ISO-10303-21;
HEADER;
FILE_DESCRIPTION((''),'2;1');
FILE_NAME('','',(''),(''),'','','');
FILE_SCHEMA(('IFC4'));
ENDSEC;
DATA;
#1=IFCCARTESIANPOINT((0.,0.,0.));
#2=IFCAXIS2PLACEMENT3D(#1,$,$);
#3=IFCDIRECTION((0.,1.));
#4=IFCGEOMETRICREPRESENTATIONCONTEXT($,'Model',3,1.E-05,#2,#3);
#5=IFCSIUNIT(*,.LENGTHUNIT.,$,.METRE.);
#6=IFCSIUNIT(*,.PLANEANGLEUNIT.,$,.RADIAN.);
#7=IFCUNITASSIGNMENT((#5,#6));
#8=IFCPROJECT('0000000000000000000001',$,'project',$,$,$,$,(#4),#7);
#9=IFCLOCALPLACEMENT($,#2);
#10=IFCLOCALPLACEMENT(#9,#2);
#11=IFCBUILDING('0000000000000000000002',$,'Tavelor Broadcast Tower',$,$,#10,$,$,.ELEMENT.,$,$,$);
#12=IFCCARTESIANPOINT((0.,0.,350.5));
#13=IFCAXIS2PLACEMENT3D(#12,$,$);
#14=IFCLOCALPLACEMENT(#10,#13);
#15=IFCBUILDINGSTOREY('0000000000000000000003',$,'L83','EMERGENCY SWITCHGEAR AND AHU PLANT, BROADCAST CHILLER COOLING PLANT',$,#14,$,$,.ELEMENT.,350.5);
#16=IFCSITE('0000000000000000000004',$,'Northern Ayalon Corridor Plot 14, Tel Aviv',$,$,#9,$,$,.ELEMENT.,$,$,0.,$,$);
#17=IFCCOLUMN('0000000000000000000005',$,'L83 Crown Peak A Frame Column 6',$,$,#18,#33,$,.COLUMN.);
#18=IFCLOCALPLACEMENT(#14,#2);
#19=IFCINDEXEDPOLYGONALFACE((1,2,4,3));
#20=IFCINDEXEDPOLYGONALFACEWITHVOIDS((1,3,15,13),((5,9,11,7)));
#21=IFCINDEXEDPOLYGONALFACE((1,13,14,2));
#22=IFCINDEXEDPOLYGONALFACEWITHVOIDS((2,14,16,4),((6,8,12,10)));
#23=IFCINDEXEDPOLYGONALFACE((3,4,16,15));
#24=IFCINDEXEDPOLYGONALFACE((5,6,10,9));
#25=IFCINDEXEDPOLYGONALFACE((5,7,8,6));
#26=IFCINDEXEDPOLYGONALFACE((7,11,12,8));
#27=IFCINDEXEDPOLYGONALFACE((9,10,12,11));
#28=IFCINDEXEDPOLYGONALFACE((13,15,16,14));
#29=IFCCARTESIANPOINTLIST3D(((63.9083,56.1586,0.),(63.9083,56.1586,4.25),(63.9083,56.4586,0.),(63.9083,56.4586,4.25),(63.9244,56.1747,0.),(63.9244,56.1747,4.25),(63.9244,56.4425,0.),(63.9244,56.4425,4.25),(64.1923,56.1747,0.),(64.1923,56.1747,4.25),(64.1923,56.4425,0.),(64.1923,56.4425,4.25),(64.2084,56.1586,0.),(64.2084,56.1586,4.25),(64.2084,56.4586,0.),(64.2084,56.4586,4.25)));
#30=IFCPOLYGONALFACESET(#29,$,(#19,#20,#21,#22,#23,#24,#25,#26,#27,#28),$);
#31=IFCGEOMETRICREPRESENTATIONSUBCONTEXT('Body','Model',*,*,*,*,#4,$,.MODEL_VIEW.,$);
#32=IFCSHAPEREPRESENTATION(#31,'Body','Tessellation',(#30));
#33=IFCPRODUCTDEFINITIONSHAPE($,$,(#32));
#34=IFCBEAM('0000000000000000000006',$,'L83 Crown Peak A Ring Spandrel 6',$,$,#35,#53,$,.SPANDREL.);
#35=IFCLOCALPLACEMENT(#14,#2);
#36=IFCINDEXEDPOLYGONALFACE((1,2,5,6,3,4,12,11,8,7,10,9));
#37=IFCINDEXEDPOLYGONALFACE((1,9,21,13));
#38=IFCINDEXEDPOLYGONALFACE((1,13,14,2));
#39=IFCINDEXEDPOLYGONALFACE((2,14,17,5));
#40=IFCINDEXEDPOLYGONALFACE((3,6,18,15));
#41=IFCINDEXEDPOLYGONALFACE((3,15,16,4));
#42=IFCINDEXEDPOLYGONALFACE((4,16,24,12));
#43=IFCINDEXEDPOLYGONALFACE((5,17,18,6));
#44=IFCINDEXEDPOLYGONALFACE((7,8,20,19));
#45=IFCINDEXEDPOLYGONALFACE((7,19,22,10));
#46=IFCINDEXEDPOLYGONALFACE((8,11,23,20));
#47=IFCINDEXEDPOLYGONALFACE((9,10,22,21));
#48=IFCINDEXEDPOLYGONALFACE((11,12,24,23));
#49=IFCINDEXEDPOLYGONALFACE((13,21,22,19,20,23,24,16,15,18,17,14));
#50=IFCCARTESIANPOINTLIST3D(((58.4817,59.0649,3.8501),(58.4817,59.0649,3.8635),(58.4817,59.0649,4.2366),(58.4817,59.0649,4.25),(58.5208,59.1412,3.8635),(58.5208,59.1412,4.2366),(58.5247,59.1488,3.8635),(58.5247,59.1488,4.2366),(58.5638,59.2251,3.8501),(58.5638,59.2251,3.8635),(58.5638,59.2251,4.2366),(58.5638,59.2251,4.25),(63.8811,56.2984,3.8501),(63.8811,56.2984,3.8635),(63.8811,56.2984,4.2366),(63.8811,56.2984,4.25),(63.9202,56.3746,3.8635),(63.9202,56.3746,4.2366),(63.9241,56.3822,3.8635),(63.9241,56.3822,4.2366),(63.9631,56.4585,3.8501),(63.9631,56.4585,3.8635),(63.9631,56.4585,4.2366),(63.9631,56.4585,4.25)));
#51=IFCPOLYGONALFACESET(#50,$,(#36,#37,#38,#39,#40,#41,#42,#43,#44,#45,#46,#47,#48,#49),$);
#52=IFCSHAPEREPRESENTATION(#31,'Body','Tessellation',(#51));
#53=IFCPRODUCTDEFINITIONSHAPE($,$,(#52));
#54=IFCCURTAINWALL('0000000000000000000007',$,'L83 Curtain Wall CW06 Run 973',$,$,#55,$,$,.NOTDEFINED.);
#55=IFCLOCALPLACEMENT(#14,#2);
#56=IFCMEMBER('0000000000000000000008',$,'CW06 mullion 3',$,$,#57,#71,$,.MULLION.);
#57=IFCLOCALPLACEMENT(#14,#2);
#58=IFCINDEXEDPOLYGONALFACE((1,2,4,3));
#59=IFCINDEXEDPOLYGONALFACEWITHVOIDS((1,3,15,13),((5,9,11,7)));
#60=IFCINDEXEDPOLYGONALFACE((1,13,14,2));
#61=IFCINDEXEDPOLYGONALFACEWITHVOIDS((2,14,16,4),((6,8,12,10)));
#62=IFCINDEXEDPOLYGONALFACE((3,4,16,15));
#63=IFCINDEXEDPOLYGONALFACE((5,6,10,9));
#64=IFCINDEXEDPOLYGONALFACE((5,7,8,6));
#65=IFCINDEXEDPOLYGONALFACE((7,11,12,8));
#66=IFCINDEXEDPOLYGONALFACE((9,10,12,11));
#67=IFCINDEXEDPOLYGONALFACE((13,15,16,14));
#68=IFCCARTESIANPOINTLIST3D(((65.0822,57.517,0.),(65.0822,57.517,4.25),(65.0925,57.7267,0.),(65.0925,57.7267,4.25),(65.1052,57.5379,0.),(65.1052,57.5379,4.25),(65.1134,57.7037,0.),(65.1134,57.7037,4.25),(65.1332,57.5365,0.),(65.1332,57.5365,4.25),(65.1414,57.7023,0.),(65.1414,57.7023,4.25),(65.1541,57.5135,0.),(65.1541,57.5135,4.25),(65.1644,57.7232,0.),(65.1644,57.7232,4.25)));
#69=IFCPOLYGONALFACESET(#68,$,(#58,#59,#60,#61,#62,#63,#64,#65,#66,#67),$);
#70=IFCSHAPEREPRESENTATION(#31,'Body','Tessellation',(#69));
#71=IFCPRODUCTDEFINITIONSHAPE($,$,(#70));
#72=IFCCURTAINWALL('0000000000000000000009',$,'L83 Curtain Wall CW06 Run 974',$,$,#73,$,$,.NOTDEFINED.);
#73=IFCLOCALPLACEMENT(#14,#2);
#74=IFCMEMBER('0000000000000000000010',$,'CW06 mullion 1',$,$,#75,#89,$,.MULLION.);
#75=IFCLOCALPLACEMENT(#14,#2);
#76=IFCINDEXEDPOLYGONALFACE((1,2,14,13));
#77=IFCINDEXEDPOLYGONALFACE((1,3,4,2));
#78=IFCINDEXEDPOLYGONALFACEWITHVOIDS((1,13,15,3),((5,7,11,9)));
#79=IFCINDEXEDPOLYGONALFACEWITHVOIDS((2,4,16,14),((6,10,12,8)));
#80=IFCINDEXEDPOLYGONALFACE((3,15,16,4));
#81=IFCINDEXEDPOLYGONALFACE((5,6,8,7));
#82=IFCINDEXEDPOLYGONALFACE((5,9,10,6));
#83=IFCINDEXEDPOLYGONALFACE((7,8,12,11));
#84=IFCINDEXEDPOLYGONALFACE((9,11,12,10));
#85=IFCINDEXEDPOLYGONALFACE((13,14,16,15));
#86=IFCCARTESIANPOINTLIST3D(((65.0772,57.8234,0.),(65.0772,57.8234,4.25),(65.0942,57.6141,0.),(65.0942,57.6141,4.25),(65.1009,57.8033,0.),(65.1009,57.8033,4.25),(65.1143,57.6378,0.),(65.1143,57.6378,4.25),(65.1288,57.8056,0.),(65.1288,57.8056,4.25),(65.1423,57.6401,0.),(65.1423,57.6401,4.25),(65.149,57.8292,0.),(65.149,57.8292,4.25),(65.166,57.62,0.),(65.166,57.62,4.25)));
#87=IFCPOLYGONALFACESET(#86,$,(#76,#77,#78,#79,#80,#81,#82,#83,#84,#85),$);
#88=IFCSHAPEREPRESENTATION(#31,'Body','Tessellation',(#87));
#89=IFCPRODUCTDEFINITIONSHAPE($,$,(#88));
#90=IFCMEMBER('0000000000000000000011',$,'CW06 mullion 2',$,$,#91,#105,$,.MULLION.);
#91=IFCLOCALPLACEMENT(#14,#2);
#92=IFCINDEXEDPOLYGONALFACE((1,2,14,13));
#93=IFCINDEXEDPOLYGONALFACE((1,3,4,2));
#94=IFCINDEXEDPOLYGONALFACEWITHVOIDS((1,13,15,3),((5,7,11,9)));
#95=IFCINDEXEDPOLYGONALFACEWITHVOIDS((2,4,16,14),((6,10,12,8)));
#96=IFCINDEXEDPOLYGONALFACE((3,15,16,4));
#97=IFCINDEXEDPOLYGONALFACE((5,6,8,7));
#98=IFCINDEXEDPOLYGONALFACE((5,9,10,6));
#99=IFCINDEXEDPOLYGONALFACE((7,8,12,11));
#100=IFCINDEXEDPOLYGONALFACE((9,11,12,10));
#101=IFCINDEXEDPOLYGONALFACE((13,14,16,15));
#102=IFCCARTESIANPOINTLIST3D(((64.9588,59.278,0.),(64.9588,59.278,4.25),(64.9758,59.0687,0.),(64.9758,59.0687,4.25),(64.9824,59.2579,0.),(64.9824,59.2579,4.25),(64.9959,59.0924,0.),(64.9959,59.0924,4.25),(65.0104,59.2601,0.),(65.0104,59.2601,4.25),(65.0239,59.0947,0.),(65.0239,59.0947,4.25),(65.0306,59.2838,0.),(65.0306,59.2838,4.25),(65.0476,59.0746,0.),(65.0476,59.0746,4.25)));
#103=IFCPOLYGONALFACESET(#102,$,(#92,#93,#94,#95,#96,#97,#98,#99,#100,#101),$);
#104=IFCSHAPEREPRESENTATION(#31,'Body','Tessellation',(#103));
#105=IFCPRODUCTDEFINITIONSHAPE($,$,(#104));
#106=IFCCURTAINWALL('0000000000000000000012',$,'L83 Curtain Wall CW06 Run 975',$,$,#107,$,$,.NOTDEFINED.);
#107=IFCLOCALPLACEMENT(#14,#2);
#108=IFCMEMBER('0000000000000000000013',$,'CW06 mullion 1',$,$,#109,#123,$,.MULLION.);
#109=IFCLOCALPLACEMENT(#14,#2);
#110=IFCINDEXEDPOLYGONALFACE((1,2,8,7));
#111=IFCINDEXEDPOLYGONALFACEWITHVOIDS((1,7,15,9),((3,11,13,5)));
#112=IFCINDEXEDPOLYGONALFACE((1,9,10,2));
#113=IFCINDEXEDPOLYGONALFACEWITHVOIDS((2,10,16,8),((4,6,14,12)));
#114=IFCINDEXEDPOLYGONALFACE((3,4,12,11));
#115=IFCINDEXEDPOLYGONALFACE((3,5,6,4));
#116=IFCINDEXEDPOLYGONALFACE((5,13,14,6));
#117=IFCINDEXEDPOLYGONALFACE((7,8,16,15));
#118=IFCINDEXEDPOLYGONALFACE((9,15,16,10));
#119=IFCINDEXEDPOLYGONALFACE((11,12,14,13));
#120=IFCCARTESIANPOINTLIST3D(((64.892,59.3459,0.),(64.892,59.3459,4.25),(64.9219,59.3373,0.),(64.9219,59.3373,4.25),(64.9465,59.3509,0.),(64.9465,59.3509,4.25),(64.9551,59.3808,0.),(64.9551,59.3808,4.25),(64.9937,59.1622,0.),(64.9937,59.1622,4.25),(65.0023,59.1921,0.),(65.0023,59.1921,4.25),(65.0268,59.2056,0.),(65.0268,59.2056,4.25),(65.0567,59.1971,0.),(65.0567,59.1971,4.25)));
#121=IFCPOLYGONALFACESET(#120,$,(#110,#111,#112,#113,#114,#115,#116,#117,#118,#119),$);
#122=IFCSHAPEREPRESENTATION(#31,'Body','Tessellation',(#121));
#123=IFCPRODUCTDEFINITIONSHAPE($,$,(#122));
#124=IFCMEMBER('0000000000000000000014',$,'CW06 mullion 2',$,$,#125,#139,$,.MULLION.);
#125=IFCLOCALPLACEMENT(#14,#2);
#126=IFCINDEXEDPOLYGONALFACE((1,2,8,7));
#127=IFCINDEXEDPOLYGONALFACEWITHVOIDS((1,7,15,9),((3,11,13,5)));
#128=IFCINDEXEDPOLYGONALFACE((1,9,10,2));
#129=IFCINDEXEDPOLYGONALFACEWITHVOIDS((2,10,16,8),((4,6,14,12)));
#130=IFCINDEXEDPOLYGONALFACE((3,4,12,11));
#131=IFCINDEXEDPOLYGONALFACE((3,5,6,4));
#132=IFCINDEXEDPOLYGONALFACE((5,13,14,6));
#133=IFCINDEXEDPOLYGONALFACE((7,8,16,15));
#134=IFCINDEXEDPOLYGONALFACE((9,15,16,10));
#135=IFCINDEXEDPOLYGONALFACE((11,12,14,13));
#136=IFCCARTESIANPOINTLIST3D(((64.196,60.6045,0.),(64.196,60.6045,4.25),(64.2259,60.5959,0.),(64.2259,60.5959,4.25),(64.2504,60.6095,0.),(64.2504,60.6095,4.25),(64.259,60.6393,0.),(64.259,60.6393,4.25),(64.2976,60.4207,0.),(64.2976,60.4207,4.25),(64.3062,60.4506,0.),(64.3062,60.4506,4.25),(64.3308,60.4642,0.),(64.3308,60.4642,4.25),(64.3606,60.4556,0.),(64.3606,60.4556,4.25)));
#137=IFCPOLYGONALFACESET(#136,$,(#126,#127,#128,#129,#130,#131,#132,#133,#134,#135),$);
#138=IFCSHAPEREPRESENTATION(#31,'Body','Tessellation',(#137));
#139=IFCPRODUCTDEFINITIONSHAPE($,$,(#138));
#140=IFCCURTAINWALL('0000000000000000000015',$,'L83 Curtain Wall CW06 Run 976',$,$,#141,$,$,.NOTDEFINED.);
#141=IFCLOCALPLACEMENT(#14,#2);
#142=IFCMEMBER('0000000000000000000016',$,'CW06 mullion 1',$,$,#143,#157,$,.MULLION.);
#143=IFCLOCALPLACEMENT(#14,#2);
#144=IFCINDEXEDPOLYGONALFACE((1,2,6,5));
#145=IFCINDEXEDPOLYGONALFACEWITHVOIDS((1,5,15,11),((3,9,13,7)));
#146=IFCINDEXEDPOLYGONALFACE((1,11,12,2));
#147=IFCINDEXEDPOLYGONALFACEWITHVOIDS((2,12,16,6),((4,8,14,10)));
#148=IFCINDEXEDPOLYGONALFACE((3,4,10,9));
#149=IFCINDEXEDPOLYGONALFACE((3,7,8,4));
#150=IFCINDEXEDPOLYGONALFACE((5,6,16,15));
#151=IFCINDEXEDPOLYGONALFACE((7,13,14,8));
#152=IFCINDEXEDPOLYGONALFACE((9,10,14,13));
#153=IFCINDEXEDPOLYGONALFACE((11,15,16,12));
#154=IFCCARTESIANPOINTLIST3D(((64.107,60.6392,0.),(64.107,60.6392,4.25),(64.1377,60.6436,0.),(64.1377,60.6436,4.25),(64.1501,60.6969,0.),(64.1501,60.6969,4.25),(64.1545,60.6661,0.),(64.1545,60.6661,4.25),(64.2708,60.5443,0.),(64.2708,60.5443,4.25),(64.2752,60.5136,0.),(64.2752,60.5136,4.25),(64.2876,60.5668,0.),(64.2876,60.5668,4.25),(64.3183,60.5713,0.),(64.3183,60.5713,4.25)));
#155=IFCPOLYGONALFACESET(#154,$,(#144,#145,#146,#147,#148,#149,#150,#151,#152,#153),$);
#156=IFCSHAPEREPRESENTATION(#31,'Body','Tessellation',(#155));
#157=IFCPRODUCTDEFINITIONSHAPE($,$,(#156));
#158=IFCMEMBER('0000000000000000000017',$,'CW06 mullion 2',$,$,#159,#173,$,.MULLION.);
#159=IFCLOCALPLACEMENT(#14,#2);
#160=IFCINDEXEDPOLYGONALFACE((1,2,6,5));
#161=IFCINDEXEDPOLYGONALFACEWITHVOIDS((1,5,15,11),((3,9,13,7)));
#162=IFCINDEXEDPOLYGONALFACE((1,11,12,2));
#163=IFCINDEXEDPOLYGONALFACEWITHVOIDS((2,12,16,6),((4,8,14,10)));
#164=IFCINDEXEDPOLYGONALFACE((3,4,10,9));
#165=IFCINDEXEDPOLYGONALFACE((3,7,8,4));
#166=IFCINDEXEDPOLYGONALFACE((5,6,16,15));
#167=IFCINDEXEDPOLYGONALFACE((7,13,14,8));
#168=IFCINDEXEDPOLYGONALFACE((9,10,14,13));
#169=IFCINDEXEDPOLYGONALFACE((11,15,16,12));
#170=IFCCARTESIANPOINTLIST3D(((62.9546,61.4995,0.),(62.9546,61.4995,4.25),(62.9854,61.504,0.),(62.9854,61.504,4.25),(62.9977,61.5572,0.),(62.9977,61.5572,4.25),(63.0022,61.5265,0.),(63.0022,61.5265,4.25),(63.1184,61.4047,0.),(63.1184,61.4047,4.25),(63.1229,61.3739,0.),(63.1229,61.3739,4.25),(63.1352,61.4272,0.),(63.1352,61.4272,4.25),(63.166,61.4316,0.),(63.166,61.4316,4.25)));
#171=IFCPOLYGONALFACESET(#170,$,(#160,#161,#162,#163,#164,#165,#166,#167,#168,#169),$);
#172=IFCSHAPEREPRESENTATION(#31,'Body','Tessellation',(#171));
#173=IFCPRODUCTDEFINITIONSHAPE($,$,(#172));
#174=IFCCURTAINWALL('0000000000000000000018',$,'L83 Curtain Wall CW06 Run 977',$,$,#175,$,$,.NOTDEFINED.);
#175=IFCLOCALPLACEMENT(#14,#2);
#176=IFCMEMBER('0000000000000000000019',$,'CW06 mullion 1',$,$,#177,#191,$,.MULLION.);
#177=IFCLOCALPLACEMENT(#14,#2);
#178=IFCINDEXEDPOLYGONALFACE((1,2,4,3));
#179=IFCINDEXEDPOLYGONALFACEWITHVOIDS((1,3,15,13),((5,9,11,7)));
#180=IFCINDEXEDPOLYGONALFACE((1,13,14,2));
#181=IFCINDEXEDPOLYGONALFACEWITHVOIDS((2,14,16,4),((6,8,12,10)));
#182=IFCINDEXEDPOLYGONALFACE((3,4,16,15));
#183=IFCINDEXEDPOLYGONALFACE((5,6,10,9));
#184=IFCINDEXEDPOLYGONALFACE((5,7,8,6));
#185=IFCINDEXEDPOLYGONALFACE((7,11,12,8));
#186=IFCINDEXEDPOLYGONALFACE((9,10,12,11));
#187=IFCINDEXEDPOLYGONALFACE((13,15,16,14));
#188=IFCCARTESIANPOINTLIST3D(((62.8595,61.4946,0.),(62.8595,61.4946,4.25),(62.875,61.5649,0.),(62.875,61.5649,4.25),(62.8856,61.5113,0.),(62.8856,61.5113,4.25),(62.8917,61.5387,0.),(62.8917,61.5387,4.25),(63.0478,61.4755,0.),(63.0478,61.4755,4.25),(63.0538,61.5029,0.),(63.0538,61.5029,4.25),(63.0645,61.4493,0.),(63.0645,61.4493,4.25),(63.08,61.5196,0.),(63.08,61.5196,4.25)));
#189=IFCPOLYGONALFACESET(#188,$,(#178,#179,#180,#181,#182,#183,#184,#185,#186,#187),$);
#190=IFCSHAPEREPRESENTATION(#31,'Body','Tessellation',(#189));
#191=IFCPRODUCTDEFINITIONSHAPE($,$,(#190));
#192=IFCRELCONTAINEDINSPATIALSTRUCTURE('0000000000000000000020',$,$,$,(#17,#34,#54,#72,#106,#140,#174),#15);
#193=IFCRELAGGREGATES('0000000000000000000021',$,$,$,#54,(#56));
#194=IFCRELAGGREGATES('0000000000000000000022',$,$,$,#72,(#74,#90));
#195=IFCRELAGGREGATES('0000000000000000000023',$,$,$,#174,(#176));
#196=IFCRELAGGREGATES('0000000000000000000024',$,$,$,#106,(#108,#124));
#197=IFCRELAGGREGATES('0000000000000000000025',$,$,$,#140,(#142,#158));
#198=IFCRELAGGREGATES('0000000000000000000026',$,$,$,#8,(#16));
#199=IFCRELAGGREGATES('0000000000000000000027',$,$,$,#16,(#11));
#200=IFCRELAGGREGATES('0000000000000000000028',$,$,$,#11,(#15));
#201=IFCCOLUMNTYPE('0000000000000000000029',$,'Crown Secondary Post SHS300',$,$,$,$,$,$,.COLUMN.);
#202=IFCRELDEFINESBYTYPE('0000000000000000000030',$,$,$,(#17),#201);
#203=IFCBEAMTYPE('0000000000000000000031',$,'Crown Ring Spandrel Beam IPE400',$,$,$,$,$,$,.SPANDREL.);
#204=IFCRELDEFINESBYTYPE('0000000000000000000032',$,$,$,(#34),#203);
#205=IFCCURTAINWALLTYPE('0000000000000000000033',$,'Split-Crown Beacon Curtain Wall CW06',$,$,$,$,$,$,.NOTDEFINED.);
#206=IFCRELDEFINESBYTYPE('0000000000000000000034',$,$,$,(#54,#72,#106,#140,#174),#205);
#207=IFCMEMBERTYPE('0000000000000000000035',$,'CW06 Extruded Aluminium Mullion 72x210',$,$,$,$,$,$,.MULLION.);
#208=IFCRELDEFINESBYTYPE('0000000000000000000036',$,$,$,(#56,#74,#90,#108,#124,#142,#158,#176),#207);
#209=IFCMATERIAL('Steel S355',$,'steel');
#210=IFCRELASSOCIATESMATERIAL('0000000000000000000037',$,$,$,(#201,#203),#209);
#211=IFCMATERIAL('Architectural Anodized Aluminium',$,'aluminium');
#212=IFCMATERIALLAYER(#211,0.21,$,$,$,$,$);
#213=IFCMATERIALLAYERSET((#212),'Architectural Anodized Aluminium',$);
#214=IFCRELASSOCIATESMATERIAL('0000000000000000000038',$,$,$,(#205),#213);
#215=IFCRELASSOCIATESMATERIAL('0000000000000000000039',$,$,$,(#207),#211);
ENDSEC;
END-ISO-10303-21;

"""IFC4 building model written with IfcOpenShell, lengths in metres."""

from ifc_helpers import new_model, si_unit, direction, frame, origin, origin_2d, place, context, subcontext, project, spatial, hollow_rectangle, i_section, extrude, source, transform, mapped, material, layer, layer_set, material_profile, profile_set, type_object, type_shapes, element, aggregate, save


model = new_model("IFC4")

# Units and contexts
model_context = context("Model", 3, precision=1e-05, world=origin(), true_north=direction((0.0, 1.0)))
body_context = subcontext(model_context, "Body", "Model", "MODEL_VIEW")
ifc_project = project(units=[si_unit("LENGTHUNIT", "METRE"), si_unit("PLANEANGLEUNIT", "RADIAN")], contexts=[model_context])

# Site, building, storey
site_placement = place(None, origin())
site = spatial("IfcSite", under=ifc_project, at=site_placement, Name="Northern Ayalon Corridor Plot 14, Tel Aviv", CompositionType="ELEMENT", RefElevation=0.0)
building_placement = place(site_placement, origin())
building = spatial("IfcBuilding", under=site, at=building_placement, Name="Tavelor Broadcast Tower", CompositionType="ELEMENT")
storey_placement = place(building_placement, frame((0.0, 0.0, 350.5)))
storey = spatial("IfcBuildingStorey", under=building, at=storey_placement, Name="L83", Description="EMERGENCY SWITCHGEAR AND AHU PLANT, BROADCAST CHILLER COOLING PLANT", CompositionType="ELEMENT", Elevation=350.5)

# Column
ifc_material_1 = material(Name="Steel S355", Category="steel")
ifc_material_profile_1 = material_profile(ifc_material_1, hollow_rectangle(XDim=0.3, YDim=0.3, WallThickness=0.0161, at=origin_2d()), Name="SHS 300x300x16")
ifc_profile_set_1 = profile_set([ifc_material_profile_1], Name="Steel S355")
column_type = type_object("IfcColumnType", Name="Crown Secondary Post SHS300", PredefinedType="COLUMN", material=ifc_profile_set_1)
column_placement = place(storey_placement, frame((64.0583, 56.3086, 0.0), z_axis=(0.0, 0.0, 1.0), x_axis=(1.0, 0.0, 0.0)))
element("IfcColumn", 1, at=column_placement, inside=storey, type_object=column_type, Name="L83 Crown Peak A Frame Column 6", PredefinedType="COLUMN", context=body_context, shape_type="SweptSolid", body=[
    extrude(hollow_rectangle(XDim=0.3, YDim=0.3, WallThickness=0.0161, at=origin_2d()), origin(), (0.0, 0.0, 1.0), 4.25),
])

# Beam
ifc_material_profile_2 = material_profile(ifc_material_1, i_section(OverallWidth=0.1799, OverallDepth=0.3999, WebThickness=0.0085, FlangeThickness=0.0134, at=origin_2d()), Name="IPE 400")
ifc_profile_set_2 = profile_set([ifc_material_profile_2], Name="Steel S355")
beam_type = type_object("IfcBeamType", Name="Crown Ring Spandrel Beam IPE400", PredefinedType="SPANDREL", material=ifc_profile_set_2)
beam_placement = place(storey_placement, frame((63.9221, 56.3784, 4.05), z_axis=(-0.889973, 0.456013, 0.0), x_axis=(-0.456013, -0.889973, 0.0)))
element("IfcBeam", 2, at=beam_placement, inside=storey, type_object=beam_type, Name="L83 Crown Peak A Ring Spandrel 6", PredefinedType="SPANDREL", context=body_context, shape_type="SweptSolid", body=[
    extrude(i_section(OverallWidth=0.1799, OverallDepth=0.3999, WebThickness=0.0085, FlangeThickness=0.0134, at=origin_2d()), origin(), (0.0, 0.0, 1.0), 6.0669),
])

# Curtain wall, member
ifc_material_2 = material(Name="Architectural Anodized Aluminium", Category="aluminium")
ifc_layer_1 = layer(ifc_material_2, 0.21)
ifc_layer_set_1 = layer_set([ifc_layer_1], Name="Architectural Anodized Aluminium")
curtain_wall_type = type_object("IfcCurtainWallType", Name="Split-Crown Beacon Curtain Wall CW06", PredefinedType="NOTDEFINED", material=ifc_layer_set_1)
curtain_wall_1_placement = place(storey_placement, origin())
curtain_wall_1 = element("IfcCurtainWall", 3, at=curtain_wall_1_placement, inside=storey, type_object=curtain_wall_type, Name="L83 Curtain Wall CW06 Run 973", PredefinedType="NOTDEFINED")
ifc_material_profile_3 = material_profile(ifc_material_2, hollow_rectangle(XDim=0.072, YDim=0.21, WallThickness=0.022, at=origin_2d()), Name="RHS 72x210x22")
ifc_profile_set_3 = profile_set([ifc_material_profile_3], Name="Architectural Anodized Aluminium")
member_type_1 = type_object("IfcMemberType", Name="CW06 Extruded Aluminium Mullion 72x210", PredefinedType="MULLION", material=ifc_profile_set_3)
shared_shape_1 = source(origin(), body_context, "Body", "SweptSolid", [
    extrude(hollow_rectangle(XDim=0.072, YDim=0.21, WallThickness=0.022, at=origin_2d()), origin(), (0.0, 0.0, 1.0), 4.25),
])
type_shapes(member_type_1, [shared_shape_1])
member_1_placement = place(storey_placement, frame((65.1233, 57.6201, 0.0), z_axis=(0.0, 0.0, 1.0), x_axis=(-0.998789, 0.049204, 0.0)))
member_1 = element("IfcMember", 4, at=member_1_placement, type_object=member_type_1, Name="CW06 mullion 3", PredefinedType="MULLION", context=body_context, shape_type="MappedRepresentation", body=[
    mapped(shared_shape_1, transform((0.0, 0.0, 0.0), scale=1.0)),
])
aggregate(curtain_wall_1, [member_1])

# Curtain walls, members
curtain_wall_2_placement = place(storey_placement, origin())
curtain_wall_2 = element("IfcCurtainWall", 5, at=curtain_wall_2_placement, inside=storey, type_object=curtain_wall_type, Name="L83 Curtain Wall CW06 Run 974", PredefinedType="NOTDEFINED")
member_2_placement = place(storey_placement, frame((65.1216, 57.7217, 0.0), z_axis=(0.0, 0.0, 1.0), x_axis=(-0.996705, -0.08111, 0.0)))
member_2 = element("IfcMember", 6, at=member_2_placement, type_object=member_type_1, Name="CW06 mullion 1", PredefinedType="MULLION", context=body_context, shape_type="MappedRepresentation", body=[
    mapped(shared_shape_1, transform((0.0, 0.0, 0.0), scale=1.0)),
])
member_3_placement = place(storey_placement, frame((65.0032, 59.1763, 0.0), z_axis=(0.0, 0.0, 1.0), x_axis=(-0.996705, -0.08111, 0.0)))
member_3 = element("IfcMember", 7, at=member_3_placement, type_object=member_type_1, Name="CW06 mullion 2", PredefinedType="MULLION", context=body_context, shape_type="MappedRepresentation", body=[
    mapped(shared_shape_1, transform((0.0, 0.0, 0.0), scale=1.0)),
])
curtain_wall_3_placement = place(storey_placement, origin())
curtain_wall_3 = element("IfcCurtainWall", 8, at=curtain_wall_3_placement, inside=storey, type_object=curtain_wall_type, Name="L83 Curtain Wall CW06 Run 975", PredefinedType="NOTDEFINED")
member_4_placement = place(storey_placement, frame((64.9744, 59.2715, 0.0), z_axis=(0.0, 0.0, 1.0), x_axis=(-0.87503, -0.484068, 0.0)))
member_4 = element("IfcMember", 9, at=member_4_placement, type_object=member_type_1, Name="CW06 mullion 1", PredefinedType="MULLION", context=body_context, shape_type="MappedRepresentation", body=[
    mapped(shared_shape_1, transform((0.0, 0.0, 0.0), scale=1.0)),
])
member_5_placement = place(storey_placement, frame((64.2783, 60.53, 0.0), z_axis=(0.0, 0.0, 1.0), x_axis=(-0.87503, -0.484068, 0.0)))
member_5 = element("IfcMember", 10, at=member_5_placement, type_object=member_type_1, Name="CW06 mullion 2", PredefinedType="MULLION", context=body_context, shape_type="MappedRepresentation", body=[
    mapped(shared_shape_1, transform((0.0, 0.0, 0.0), scale=1.0)),
])
curtain_wall_4_placement = place(storey_placement, origin())
curtain_wall_4 = element("IfcCurtainWall", 11, at=curtain_wall_4_placement, inside=storey, type_object=curtain_wall_type, Name="L83 Curtain Wall CW06 Run 976", PredefinedType="NOTDEFINED")
member_6_placement = place(storey_placement, frame((64.2126, 60.6052, 0.0), z_axis=(0.0, 0.0, 1.0), x_axis=(-0.598314, -0.801262, 0.0)))
member_6 = element("IfcMember", 12, at=member_6_placement, type_object=member_type_1, Name="CW06 mullion 1", PredefinedType="MULLION", context=body_context, shape_type="MappedRepresentation", body=[
    mapped(shared_shape_1, transform((0.0, 0.0, 0.0), scale=1.0)),
])
member_7_placement = place(storey_placement, frame((63.0603, 61.4656, 0.0), z_axis=(0.0, 0.0, 1.0), x_axis=(-0.598314, -0.801262, 0.0)))
member_7 = element("IfcMember", 13, at=member_7_placement, type_object=member_type_1, Name="CW06 mullion 2", PredefinedType="MULLION", context=body_context, shape_type="MappedRepresentation", body=[
    mapped(shared_shape_1, transform((0.0, 0.0, 0.0), scale=1.0)),
])
curtain_wall_5_placement = place(storey_placement, origin())
curtain_wall_5 = element("IfcCurtainWall", 14, at=curtain_wall_5_placement, inside=storey, type_object=curtain_wall_type, Name="L83 Curtain Wall CW06 Run 977", PredefinedType="NOTDEFINED")
member_8_placement = place(storey_placement, frame((62.9697, 61.5071, 0.0), z_axis=(0.0, 0.0, 1.0), x_axis=(-0.215658, -0.976469, 0.0)))
member_8 = element("IfcMember", 15, at=member_8_placement, type_object=member_type_1, Name="CW06 mullion 1", PredefinedType="MULLION", context=body_context, shape_type="MappedRepresentation", body=[
    mapped(shared_shape_1, transform((0.0, 0.0, 0.0), scale=1.0)),
])

aggregate(curtain_wall_2, [member_2, member_3])
aggregate(curtain_wall_5, [member_8])
aggregate(curtain_wall_3, [member_4, member_5])
aggregate(curtain_wall_4, [member_6, member_7])

save(model, "model.ifc")
